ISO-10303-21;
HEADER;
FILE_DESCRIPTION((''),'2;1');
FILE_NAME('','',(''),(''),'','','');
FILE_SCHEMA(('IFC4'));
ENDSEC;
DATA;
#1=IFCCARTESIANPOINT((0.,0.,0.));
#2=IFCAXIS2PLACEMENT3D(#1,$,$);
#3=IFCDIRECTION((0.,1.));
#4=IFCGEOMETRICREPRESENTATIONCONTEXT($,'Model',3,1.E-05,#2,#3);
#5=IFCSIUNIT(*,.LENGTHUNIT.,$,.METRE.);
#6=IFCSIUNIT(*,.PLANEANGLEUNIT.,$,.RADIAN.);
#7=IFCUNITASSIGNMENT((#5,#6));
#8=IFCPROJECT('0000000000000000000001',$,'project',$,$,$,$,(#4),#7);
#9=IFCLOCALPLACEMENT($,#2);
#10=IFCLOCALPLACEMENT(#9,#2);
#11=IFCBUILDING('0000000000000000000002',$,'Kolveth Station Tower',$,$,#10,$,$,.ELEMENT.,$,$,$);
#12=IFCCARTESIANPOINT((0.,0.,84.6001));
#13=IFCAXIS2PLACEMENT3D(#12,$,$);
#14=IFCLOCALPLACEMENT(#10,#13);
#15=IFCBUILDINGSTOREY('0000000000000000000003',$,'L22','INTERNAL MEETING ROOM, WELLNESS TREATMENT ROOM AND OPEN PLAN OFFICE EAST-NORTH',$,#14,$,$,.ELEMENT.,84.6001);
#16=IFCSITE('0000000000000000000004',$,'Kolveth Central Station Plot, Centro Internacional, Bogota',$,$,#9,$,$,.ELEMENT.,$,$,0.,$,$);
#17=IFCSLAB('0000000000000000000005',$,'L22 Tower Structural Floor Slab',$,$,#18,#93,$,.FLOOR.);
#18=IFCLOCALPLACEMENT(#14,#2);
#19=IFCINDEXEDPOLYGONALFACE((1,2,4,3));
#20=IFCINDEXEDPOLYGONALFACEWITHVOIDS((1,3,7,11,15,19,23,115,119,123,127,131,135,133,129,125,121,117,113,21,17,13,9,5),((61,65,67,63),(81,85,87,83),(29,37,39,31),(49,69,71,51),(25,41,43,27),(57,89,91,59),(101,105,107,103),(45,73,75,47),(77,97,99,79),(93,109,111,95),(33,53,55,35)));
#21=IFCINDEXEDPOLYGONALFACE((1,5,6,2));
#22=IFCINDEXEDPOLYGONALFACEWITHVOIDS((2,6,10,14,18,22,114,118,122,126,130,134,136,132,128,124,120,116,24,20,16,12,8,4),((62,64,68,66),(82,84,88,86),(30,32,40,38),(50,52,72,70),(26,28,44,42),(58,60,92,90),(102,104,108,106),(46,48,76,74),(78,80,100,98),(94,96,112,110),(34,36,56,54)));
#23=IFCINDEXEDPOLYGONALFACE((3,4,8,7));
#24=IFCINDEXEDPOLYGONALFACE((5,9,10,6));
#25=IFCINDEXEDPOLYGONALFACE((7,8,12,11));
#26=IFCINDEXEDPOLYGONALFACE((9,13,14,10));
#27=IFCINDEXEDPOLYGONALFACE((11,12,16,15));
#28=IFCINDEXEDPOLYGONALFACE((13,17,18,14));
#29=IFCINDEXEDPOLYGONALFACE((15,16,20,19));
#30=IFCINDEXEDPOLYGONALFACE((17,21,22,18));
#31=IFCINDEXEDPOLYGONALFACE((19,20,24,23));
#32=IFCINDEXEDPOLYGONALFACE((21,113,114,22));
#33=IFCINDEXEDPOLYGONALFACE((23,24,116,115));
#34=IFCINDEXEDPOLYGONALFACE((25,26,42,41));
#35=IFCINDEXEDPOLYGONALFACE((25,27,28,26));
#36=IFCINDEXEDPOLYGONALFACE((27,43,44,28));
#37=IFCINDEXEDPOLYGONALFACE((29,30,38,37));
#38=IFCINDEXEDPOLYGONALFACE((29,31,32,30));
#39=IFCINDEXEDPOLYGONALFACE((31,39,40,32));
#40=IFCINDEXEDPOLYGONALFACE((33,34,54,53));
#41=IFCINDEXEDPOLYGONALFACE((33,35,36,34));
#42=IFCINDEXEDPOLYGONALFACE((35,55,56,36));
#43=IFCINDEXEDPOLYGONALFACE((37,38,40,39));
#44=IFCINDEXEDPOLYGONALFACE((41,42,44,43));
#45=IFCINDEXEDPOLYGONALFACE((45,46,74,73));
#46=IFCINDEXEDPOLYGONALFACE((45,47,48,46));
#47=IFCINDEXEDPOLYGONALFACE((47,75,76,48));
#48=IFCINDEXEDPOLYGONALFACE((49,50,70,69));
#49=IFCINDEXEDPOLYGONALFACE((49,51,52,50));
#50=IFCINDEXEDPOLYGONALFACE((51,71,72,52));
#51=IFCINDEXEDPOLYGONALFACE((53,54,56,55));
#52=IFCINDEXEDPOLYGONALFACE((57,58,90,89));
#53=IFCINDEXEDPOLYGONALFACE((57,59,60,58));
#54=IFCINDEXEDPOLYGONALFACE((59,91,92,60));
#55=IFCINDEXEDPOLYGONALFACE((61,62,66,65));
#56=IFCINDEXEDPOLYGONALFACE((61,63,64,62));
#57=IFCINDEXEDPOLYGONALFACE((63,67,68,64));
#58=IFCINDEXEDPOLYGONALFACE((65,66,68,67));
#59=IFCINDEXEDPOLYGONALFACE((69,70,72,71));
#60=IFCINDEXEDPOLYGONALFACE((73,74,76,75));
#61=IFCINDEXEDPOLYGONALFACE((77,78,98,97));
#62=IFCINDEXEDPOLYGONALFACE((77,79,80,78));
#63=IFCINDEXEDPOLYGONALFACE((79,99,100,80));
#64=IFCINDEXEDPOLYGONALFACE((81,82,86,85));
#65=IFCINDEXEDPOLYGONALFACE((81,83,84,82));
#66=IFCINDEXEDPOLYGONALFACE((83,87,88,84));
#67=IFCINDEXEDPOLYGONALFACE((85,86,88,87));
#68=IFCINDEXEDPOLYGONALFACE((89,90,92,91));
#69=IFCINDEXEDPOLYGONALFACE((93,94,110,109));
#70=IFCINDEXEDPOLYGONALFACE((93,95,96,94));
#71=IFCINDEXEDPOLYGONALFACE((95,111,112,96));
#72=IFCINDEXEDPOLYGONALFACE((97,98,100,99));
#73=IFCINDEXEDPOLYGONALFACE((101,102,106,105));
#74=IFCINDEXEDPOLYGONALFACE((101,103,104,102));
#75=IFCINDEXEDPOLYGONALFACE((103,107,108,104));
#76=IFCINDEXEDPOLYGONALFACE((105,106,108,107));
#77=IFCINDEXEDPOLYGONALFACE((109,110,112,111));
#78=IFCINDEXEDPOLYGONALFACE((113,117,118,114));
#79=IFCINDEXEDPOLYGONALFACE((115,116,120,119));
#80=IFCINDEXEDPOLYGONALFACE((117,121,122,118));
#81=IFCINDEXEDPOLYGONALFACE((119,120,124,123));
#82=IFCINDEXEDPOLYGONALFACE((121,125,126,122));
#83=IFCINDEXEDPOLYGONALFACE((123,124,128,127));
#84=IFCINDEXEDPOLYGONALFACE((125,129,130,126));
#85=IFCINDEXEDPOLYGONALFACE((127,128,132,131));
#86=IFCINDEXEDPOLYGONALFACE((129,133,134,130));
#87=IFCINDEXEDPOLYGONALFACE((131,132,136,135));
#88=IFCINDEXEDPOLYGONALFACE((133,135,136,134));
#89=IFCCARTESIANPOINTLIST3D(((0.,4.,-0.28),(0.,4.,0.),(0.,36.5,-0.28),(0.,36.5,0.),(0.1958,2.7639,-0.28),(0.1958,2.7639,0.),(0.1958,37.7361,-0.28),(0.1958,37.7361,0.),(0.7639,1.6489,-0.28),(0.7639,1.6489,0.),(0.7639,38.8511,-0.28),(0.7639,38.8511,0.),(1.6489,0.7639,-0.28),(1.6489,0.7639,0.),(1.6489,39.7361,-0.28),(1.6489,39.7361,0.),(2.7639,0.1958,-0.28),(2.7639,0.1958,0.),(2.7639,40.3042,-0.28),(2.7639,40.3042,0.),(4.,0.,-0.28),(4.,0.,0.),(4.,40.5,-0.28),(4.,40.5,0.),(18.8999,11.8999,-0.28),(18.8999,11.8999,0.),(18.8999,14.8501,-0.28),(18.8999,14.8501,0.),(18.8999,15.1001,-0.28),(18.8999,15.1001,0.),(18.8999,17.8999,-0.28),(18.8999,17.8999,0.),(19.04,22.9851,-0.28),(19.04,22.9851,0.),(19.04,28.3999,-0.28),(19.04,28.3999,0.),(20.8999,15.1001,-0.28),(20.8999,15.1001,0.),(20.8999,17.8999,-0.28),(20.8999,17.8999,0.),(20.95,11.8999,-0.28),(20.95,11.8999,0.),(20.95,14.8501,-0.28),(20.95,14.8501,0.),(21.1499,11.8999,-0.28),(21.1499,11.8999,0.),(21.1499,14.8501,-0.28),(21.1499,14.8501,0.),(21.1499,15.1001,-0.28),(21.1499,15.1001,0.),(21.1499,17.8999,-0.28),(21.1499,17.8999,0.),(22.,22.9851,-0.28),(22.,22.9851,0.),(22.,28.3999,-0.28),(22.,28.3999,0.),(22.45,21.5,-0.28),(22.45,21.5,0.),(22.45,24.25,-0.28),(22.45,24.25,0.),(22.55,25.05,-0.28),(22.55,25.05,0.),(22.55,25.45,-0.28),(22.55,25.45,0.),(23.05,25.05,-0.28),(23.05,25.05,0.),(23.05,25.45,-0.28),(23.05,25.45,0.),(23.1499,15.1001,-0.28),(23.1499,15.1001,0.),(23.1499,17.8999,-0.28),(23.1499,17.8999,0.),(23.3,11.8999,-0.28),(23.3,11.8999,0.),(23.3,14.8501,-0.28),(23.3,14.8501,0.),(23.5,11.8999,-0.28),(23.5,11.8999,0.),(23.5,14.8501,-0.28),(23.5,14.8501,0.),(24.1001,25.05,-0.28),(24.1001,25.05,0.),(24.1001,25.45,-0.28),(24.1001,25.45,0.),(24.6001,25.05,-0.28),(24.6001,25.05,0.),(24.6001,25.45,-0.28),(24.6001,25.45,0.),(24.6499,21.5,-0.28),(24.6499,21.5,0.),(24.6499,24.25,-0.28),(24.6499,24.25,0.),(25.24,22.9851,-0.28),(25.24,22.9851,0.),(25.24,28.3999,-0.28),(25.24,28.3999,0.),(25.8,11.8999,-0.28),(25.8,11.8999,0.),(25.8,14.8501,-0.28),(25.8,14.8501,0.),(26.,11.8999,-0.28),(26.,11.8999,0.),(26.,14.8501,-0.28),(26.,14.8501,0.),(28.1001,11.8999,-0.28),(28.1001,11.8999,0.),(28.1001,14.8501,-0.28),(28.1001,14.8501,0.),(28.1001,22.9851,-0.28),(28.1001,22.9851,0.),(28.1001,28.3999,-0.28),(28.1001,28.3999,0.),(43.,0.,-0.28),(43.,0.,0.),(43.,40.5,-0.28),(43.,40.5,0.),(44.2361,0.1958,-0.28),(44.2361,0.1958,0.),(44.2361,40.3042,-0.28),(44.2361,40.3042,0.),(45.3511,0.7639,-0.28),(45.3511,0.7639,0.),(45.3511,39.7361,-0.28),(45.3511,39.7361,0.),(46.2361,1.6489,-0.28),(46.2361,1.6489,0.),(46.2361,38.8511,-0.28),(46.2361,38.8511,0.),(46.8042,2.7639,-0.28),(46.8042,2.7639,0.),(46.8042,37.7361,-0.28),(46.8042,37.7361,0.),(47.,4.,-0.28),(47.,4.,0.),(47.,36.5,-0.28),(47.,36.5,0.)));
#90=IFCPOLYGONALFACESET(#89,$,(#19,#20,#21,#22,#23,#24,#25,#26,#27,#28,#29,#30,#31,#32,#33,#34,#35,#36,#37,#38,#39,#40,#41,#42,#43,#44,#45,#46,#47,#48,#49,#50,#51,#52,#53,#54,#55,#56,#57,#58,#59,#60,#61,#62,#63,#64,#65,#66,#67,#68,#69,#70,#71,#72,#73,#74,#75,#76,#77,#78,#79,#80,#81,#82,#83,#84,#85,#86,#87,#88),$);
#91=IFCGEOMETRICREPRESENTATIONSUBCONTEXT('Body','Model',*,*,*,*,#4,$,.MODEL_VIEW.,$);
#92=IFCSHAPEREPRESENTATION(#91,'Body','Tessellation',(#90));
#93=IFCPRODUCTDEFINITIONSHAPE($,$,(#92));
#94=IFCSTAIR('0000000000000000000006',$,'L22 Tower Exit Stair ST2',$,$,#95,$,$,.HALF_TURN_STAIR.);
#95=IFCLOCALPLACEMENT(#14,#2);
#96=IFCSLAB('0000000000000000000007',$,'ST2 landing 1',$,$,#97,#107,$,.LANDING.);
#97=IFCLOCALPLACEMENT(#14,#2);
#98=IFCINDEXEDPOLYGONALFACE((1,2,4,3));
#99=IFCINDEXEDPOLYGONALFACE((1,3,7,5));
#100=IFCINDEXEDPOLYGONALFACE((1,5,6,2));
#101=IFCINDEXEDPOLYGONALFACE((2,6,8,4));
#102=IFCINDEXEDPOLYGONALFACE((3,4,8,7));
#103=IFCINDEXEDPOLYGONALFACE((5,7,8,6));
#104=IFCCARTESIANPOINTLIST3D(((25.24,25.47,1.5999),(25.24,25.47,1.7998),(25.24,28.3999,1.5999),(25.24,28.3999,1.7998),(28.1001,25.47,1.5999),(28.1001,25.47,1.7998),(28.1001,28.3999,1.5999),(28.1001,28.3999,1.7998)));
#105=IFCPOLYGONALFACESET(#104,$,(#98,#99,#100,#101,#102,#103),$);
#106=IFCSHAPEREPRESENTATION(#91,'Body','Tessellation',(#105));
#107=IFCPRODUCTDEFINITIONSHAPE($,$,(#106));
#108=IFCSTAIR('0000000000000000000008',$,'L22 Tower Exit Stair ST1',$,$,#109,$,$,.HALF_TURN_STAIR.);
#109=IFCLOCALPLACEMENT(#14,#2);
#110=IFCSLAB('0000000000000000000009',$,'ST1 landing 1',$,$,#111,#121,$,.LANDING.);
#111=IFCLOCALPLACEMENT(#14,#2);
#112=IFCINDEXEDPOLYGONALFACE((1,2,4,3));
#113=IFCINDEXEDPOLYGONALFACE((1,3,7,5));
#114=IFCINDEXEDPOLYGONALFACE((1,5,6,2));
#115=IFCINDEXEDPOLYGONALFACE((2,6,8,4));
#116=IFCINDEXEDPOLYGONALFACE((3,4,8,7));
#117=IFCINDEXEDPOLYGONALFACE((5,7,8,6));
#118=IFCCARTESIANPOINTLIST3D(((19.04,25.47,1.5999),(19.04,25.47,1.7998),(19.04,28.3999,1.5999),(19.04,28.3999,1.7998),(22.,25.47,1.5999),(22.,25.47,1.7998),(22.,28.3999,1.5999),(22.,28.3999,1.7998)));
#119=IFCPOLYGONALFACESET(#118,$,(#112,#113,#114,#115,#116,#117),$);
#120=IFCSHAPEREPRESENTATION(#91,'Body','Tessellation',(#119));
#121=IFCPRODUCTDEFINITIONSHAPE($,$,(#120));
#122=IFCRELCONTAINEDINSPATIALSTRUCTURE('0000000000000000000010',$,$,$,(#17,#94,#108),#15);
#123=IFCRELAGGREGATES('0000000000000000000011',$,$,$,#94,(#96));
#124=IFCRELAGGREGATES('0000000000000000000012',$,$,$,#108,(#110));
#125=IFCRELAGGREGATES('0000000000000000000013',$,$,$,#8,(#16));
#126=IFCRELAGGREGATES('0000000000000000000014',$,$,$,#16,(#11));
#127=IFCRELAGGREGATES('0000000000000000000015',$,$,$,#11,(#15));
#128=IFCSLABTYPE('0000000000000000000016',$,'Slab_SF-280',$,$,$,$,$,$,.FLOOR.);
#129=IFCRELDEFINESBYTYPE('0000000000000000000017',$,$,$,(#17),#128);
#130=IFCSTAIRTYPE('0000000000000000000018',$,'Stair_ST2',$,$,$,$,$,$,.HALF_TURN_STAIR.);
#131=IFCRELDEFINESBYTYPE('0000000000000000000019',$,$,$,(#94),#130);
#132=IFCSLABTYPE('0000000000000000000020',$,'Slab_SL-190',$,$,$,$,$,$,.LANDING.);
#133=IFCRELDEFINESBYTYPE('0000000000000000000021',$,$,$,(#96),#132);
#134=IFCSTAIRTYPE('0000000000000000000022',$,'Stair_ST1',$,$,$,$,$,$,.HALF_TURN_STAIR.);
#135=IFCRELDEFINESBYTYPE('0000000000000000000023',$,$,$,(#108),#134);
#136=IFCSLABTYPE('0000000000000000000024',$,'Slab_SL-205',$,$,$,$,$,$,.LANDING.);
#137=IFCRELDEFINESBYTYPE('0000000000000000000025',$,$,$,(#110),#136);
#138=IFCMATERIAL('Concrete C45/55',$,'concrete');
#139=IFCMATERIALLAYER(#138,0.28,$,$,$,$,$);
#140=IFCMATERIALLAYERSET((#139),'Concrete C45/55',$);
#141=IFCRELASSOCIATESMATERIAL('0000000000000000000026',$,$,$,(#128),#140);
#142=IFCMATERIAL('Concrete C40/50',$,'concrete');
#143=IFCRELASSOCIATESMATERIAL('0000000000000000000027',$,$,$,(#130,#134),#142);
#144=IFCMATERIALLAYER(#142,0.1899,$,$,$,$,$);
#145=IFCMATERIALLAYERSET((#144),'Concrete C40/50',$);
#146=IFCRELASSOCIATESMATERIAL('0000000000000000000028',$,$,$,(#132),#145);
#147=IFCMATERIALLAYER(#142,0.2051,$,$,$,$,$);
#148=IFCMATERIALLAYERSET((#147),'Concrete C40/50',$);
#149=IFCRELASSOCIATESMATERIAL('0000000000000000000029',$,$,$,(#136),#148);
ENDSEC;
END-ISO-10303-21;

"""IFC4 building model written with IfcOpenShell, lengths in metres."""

from ifc_helpers import new_model, si_unit, direction, frame, origin, place, context, subcontext, project, spatial, polyline, outline, extrude, material, layer, layer_set, type_object, element, aggregate, save


model = new_model("IFC4")

# Units and contexts
model_context = context("Model", 3, precision=1e-05, world=origin(), true_north=direction((0.0, 1.0)))
body_context = subcontext(model_context, "Body", "Model", "MODEL_VIEW")
ifc_project = project(units=[si_unit("LENGTHUNIT", "METRE"), si_unit("PLANEANGLEUNIT", "RADIAN")], contexts=[model_context])

# Site, building, storey
site_placement = place(None, origin())
site = spatial("IfcSite", under=ifc_project, at=site_placement, Name="Kolveth Central Station Plot, Centro Internacional, Bogota", CompositionType="ELEMENT", RefElevation=0.0)
building_placement = place(site_placement, origin())
building = spatial("IfcBuilding", under=site, at=building_placement, Name="Kolveth Station Tower", CompositionType="ELEMENT")
storey_placement = place(building_placement, frame((0.0, 0.0, 84.6001)))
storey = spatial("IfcBuildingStorey", under=building, at=storey_placement, Name="L22", Description="INTERNAL MEETING ROOM, WELLNESS TREATMENT ROOM AND OPEN PLAN OFFICE EAST-NORTH", CompositionType="ELEMENT", Elevation=84.6001)

# Slab
ifc_material_1 = material(Name="Concrete C45/55", Category="concrete")
ifc_layer_1 = layer(ifc_material_1, 0.28)
ifc_layer_set_1 = layer_set([ifc_layer_1], Name="Concrete C45/55")
slab_type_1 = type_object("IfcSlabType", Name="Slab_SF-280", PredefinedType="FLOOR", material=ifc_layer_set_1)
slab_1_placement = place(storey_placement, frame((0.0, 0.0, -0.28)))
element("IfcSlab", 1, at=slab_1_placement, inside=storey, type_object=slab_type_1, Name="L22 Tower Structural Floor Slab", PredefinedType="FLOOR", context=body_context, shape_type="SweptSolid", body=[
    extrude(outline(polyline([(43.0, 0.0), (44.2361, 0.1958), (45.3511, 0.7639), (46.2361, 1.6489), (46.8042, 2.7639), (47.0, 4.0), (47.0, 36.5), (46.8042, 37.7361), (46.2361, 38.8511), (45.3511, 39.7361), (44.2361, 40.3042), (43.0, 40.5), (4.0, 40.5), (2.7639, 40.3042), (1.6489, 39.7361), (0.7639, 38.8511), (0.1958, 37.7361), (0.0, 36.5), (0.0, 4.0), (0.1958, 2.7639), (0.7639, 1.6489), (1.6489, 0.7639), (2.7639, 0.1958), (4.0, 0.0), (43.0, 0.0)]), holes=[polyline([(19.04, 22.9851), (22.0, 22.9851), (22.0, 28.3999), (19.04, 28.3999), (19.04, 22.9851)]), polyline([(25.24, 22.9851), (28.1001, 22.9851), (28.1001, 28.3999), (25.24, 28.3999), (25.24, 22.9851)]), polyline([(18.8999, 15.1001), (20.8999, 15.1001), (20.8999, 17.8999), (18.8999, 17.8999), (18.8999, 15.1001)]), polyline([(21.1499, 15.1001), (23.1499, 15.1001), (23.1499, 17.8999), (21.1499, 17.8999), (21.1499, 15.1001)]), polyline([(22.45, 21.5), (24.6499, 21.5), (24.6499, 24.25), (22.45, 24.25), (22.45, 21.5)]), polyline([(18.8999, 11.8999), (20.95, 11.8999), (20.95, 14.8501), (18.8999, 14.8501), (18.8999, 11.8999)]), polyline([(21.1499, 11.8999), (23.3, 11.8999), (23.3, 14.8501), (21.1499, 14.8501), (21.1499, 11.8999)]), polyline([(23.5, 11.8999), (25.8, 11.8999), (25.8, 14.8501), (23.5, 14.8501), (23.5, 11.8999)]), polyline([(26.0, 11.8999), (28.1001, 11.8999), (28.1001, 14.8501), (26.0, 14.8501), (26.0, 11.8999)]), polyline([(22.55, 25.05), (23.05, 25.05), (23.05, 25.45), (22.55, 25.45), (22.55, 25.05)]), polyline([(24.1001, 25.05), (24.6001, 25.05), (24.6001, 25.45), (24.1001, 25.45), (24.1001, 25.05)])]), origin(), (0.0, 0.0, 1.0), 0.28),
])

# Stairs, slabs
ifc_material_2 = material(Name="Concrete C40/50", Category="concrete")
stair_type_1 = type_object("IfcStairType", Name="Stair_ST2", PredefinedType="HALF_TURN_STAIR", material=ifc_material_2)
stair_1_placement = place(storey_placement, origin())
stair_1 = element("IfcStair", 2, at=stair_1_placement, inside=storey, type_object=stair_type_1, Name="L22 Tower Exit Stair ST2", PredefinedType="HALF_TURN_STAIR")
ifc_layer_2 = layer(ifc_material_2, 0.1899)
ifc_layer_set_2 = layer_set([ifc_layer_2], Name="Concrete C40/50")
slab_type_2 = type_object("IfcSlabType", Name="Slab_SL-190", PredefinedType="LANDING", material=ifc_layer_set_2)
slab_2_placement = place(storey_placement, frame((0.0, 0.0, 1.5999)))
slab_2 = element("IfcSlab", 3, at=slab_2_placement, type_object=slab_type_2, Name="ST2 landing 1", PredefinedType="LANDING", context=body_context, shape_type="SweptSolid", body=[
    extrude(outline(polyline([(28.1001, 25.47), (28.1001, 28.3999), (25.24, 28.3999), (25.24, 25.47), (28.1001, 25.47)])), origin(), (0.0, 0.0, 1.0), 0.2),
])
aggregate(stair_1, [slab_2])
stair_type_2 = type_object("IfcStairType", Name="Stair_ST1", PredefinedType="HALF_TURN_STAIR", material=ifc_material_2)
stair_2_placement = place(storey_placement, origin())
stair_2 = element("IfcStair", 4, at=stair_2_placement, inside=storey, type_object=stair_type_2, Name="L22 Tower Exit Stair ST1", PredefinedType="HALF_TURN_STAIR")
ifc_layer_3 = layer(ifc_material_2, 0.2051)
ifc_layer_set_3 = layer_set([ifc_layer_3], Name="Concrete C40/50")
slab_type_3 = type_object("IfcSlabType", Name="Slab_SL-205", PredefinedType="LANDING", material=ifc_layer_set_3)
slab_3_placement = place(storey_placement, frame((0.0, 0.0, 1.5999)))
slab_3 = element("IfcSlab", 5, at=slab_3_placement, type_object=slab_type_3, Name="ST1 landing 1", PredefinedType="LANDING", context=body_context, shape_type="SweptSolid", body=[
    extrude(outline(polyline([(22.0, 25.47), (22.0, 28.3999), (19.04, 28.3999), (19.04, 25.47), (22.0, 25.47)])), origin(), (0.0, 0.0, 1.0), 0.2),
])
aggregate(stair_2, [slab_3])

save(model, "model.ifc")
